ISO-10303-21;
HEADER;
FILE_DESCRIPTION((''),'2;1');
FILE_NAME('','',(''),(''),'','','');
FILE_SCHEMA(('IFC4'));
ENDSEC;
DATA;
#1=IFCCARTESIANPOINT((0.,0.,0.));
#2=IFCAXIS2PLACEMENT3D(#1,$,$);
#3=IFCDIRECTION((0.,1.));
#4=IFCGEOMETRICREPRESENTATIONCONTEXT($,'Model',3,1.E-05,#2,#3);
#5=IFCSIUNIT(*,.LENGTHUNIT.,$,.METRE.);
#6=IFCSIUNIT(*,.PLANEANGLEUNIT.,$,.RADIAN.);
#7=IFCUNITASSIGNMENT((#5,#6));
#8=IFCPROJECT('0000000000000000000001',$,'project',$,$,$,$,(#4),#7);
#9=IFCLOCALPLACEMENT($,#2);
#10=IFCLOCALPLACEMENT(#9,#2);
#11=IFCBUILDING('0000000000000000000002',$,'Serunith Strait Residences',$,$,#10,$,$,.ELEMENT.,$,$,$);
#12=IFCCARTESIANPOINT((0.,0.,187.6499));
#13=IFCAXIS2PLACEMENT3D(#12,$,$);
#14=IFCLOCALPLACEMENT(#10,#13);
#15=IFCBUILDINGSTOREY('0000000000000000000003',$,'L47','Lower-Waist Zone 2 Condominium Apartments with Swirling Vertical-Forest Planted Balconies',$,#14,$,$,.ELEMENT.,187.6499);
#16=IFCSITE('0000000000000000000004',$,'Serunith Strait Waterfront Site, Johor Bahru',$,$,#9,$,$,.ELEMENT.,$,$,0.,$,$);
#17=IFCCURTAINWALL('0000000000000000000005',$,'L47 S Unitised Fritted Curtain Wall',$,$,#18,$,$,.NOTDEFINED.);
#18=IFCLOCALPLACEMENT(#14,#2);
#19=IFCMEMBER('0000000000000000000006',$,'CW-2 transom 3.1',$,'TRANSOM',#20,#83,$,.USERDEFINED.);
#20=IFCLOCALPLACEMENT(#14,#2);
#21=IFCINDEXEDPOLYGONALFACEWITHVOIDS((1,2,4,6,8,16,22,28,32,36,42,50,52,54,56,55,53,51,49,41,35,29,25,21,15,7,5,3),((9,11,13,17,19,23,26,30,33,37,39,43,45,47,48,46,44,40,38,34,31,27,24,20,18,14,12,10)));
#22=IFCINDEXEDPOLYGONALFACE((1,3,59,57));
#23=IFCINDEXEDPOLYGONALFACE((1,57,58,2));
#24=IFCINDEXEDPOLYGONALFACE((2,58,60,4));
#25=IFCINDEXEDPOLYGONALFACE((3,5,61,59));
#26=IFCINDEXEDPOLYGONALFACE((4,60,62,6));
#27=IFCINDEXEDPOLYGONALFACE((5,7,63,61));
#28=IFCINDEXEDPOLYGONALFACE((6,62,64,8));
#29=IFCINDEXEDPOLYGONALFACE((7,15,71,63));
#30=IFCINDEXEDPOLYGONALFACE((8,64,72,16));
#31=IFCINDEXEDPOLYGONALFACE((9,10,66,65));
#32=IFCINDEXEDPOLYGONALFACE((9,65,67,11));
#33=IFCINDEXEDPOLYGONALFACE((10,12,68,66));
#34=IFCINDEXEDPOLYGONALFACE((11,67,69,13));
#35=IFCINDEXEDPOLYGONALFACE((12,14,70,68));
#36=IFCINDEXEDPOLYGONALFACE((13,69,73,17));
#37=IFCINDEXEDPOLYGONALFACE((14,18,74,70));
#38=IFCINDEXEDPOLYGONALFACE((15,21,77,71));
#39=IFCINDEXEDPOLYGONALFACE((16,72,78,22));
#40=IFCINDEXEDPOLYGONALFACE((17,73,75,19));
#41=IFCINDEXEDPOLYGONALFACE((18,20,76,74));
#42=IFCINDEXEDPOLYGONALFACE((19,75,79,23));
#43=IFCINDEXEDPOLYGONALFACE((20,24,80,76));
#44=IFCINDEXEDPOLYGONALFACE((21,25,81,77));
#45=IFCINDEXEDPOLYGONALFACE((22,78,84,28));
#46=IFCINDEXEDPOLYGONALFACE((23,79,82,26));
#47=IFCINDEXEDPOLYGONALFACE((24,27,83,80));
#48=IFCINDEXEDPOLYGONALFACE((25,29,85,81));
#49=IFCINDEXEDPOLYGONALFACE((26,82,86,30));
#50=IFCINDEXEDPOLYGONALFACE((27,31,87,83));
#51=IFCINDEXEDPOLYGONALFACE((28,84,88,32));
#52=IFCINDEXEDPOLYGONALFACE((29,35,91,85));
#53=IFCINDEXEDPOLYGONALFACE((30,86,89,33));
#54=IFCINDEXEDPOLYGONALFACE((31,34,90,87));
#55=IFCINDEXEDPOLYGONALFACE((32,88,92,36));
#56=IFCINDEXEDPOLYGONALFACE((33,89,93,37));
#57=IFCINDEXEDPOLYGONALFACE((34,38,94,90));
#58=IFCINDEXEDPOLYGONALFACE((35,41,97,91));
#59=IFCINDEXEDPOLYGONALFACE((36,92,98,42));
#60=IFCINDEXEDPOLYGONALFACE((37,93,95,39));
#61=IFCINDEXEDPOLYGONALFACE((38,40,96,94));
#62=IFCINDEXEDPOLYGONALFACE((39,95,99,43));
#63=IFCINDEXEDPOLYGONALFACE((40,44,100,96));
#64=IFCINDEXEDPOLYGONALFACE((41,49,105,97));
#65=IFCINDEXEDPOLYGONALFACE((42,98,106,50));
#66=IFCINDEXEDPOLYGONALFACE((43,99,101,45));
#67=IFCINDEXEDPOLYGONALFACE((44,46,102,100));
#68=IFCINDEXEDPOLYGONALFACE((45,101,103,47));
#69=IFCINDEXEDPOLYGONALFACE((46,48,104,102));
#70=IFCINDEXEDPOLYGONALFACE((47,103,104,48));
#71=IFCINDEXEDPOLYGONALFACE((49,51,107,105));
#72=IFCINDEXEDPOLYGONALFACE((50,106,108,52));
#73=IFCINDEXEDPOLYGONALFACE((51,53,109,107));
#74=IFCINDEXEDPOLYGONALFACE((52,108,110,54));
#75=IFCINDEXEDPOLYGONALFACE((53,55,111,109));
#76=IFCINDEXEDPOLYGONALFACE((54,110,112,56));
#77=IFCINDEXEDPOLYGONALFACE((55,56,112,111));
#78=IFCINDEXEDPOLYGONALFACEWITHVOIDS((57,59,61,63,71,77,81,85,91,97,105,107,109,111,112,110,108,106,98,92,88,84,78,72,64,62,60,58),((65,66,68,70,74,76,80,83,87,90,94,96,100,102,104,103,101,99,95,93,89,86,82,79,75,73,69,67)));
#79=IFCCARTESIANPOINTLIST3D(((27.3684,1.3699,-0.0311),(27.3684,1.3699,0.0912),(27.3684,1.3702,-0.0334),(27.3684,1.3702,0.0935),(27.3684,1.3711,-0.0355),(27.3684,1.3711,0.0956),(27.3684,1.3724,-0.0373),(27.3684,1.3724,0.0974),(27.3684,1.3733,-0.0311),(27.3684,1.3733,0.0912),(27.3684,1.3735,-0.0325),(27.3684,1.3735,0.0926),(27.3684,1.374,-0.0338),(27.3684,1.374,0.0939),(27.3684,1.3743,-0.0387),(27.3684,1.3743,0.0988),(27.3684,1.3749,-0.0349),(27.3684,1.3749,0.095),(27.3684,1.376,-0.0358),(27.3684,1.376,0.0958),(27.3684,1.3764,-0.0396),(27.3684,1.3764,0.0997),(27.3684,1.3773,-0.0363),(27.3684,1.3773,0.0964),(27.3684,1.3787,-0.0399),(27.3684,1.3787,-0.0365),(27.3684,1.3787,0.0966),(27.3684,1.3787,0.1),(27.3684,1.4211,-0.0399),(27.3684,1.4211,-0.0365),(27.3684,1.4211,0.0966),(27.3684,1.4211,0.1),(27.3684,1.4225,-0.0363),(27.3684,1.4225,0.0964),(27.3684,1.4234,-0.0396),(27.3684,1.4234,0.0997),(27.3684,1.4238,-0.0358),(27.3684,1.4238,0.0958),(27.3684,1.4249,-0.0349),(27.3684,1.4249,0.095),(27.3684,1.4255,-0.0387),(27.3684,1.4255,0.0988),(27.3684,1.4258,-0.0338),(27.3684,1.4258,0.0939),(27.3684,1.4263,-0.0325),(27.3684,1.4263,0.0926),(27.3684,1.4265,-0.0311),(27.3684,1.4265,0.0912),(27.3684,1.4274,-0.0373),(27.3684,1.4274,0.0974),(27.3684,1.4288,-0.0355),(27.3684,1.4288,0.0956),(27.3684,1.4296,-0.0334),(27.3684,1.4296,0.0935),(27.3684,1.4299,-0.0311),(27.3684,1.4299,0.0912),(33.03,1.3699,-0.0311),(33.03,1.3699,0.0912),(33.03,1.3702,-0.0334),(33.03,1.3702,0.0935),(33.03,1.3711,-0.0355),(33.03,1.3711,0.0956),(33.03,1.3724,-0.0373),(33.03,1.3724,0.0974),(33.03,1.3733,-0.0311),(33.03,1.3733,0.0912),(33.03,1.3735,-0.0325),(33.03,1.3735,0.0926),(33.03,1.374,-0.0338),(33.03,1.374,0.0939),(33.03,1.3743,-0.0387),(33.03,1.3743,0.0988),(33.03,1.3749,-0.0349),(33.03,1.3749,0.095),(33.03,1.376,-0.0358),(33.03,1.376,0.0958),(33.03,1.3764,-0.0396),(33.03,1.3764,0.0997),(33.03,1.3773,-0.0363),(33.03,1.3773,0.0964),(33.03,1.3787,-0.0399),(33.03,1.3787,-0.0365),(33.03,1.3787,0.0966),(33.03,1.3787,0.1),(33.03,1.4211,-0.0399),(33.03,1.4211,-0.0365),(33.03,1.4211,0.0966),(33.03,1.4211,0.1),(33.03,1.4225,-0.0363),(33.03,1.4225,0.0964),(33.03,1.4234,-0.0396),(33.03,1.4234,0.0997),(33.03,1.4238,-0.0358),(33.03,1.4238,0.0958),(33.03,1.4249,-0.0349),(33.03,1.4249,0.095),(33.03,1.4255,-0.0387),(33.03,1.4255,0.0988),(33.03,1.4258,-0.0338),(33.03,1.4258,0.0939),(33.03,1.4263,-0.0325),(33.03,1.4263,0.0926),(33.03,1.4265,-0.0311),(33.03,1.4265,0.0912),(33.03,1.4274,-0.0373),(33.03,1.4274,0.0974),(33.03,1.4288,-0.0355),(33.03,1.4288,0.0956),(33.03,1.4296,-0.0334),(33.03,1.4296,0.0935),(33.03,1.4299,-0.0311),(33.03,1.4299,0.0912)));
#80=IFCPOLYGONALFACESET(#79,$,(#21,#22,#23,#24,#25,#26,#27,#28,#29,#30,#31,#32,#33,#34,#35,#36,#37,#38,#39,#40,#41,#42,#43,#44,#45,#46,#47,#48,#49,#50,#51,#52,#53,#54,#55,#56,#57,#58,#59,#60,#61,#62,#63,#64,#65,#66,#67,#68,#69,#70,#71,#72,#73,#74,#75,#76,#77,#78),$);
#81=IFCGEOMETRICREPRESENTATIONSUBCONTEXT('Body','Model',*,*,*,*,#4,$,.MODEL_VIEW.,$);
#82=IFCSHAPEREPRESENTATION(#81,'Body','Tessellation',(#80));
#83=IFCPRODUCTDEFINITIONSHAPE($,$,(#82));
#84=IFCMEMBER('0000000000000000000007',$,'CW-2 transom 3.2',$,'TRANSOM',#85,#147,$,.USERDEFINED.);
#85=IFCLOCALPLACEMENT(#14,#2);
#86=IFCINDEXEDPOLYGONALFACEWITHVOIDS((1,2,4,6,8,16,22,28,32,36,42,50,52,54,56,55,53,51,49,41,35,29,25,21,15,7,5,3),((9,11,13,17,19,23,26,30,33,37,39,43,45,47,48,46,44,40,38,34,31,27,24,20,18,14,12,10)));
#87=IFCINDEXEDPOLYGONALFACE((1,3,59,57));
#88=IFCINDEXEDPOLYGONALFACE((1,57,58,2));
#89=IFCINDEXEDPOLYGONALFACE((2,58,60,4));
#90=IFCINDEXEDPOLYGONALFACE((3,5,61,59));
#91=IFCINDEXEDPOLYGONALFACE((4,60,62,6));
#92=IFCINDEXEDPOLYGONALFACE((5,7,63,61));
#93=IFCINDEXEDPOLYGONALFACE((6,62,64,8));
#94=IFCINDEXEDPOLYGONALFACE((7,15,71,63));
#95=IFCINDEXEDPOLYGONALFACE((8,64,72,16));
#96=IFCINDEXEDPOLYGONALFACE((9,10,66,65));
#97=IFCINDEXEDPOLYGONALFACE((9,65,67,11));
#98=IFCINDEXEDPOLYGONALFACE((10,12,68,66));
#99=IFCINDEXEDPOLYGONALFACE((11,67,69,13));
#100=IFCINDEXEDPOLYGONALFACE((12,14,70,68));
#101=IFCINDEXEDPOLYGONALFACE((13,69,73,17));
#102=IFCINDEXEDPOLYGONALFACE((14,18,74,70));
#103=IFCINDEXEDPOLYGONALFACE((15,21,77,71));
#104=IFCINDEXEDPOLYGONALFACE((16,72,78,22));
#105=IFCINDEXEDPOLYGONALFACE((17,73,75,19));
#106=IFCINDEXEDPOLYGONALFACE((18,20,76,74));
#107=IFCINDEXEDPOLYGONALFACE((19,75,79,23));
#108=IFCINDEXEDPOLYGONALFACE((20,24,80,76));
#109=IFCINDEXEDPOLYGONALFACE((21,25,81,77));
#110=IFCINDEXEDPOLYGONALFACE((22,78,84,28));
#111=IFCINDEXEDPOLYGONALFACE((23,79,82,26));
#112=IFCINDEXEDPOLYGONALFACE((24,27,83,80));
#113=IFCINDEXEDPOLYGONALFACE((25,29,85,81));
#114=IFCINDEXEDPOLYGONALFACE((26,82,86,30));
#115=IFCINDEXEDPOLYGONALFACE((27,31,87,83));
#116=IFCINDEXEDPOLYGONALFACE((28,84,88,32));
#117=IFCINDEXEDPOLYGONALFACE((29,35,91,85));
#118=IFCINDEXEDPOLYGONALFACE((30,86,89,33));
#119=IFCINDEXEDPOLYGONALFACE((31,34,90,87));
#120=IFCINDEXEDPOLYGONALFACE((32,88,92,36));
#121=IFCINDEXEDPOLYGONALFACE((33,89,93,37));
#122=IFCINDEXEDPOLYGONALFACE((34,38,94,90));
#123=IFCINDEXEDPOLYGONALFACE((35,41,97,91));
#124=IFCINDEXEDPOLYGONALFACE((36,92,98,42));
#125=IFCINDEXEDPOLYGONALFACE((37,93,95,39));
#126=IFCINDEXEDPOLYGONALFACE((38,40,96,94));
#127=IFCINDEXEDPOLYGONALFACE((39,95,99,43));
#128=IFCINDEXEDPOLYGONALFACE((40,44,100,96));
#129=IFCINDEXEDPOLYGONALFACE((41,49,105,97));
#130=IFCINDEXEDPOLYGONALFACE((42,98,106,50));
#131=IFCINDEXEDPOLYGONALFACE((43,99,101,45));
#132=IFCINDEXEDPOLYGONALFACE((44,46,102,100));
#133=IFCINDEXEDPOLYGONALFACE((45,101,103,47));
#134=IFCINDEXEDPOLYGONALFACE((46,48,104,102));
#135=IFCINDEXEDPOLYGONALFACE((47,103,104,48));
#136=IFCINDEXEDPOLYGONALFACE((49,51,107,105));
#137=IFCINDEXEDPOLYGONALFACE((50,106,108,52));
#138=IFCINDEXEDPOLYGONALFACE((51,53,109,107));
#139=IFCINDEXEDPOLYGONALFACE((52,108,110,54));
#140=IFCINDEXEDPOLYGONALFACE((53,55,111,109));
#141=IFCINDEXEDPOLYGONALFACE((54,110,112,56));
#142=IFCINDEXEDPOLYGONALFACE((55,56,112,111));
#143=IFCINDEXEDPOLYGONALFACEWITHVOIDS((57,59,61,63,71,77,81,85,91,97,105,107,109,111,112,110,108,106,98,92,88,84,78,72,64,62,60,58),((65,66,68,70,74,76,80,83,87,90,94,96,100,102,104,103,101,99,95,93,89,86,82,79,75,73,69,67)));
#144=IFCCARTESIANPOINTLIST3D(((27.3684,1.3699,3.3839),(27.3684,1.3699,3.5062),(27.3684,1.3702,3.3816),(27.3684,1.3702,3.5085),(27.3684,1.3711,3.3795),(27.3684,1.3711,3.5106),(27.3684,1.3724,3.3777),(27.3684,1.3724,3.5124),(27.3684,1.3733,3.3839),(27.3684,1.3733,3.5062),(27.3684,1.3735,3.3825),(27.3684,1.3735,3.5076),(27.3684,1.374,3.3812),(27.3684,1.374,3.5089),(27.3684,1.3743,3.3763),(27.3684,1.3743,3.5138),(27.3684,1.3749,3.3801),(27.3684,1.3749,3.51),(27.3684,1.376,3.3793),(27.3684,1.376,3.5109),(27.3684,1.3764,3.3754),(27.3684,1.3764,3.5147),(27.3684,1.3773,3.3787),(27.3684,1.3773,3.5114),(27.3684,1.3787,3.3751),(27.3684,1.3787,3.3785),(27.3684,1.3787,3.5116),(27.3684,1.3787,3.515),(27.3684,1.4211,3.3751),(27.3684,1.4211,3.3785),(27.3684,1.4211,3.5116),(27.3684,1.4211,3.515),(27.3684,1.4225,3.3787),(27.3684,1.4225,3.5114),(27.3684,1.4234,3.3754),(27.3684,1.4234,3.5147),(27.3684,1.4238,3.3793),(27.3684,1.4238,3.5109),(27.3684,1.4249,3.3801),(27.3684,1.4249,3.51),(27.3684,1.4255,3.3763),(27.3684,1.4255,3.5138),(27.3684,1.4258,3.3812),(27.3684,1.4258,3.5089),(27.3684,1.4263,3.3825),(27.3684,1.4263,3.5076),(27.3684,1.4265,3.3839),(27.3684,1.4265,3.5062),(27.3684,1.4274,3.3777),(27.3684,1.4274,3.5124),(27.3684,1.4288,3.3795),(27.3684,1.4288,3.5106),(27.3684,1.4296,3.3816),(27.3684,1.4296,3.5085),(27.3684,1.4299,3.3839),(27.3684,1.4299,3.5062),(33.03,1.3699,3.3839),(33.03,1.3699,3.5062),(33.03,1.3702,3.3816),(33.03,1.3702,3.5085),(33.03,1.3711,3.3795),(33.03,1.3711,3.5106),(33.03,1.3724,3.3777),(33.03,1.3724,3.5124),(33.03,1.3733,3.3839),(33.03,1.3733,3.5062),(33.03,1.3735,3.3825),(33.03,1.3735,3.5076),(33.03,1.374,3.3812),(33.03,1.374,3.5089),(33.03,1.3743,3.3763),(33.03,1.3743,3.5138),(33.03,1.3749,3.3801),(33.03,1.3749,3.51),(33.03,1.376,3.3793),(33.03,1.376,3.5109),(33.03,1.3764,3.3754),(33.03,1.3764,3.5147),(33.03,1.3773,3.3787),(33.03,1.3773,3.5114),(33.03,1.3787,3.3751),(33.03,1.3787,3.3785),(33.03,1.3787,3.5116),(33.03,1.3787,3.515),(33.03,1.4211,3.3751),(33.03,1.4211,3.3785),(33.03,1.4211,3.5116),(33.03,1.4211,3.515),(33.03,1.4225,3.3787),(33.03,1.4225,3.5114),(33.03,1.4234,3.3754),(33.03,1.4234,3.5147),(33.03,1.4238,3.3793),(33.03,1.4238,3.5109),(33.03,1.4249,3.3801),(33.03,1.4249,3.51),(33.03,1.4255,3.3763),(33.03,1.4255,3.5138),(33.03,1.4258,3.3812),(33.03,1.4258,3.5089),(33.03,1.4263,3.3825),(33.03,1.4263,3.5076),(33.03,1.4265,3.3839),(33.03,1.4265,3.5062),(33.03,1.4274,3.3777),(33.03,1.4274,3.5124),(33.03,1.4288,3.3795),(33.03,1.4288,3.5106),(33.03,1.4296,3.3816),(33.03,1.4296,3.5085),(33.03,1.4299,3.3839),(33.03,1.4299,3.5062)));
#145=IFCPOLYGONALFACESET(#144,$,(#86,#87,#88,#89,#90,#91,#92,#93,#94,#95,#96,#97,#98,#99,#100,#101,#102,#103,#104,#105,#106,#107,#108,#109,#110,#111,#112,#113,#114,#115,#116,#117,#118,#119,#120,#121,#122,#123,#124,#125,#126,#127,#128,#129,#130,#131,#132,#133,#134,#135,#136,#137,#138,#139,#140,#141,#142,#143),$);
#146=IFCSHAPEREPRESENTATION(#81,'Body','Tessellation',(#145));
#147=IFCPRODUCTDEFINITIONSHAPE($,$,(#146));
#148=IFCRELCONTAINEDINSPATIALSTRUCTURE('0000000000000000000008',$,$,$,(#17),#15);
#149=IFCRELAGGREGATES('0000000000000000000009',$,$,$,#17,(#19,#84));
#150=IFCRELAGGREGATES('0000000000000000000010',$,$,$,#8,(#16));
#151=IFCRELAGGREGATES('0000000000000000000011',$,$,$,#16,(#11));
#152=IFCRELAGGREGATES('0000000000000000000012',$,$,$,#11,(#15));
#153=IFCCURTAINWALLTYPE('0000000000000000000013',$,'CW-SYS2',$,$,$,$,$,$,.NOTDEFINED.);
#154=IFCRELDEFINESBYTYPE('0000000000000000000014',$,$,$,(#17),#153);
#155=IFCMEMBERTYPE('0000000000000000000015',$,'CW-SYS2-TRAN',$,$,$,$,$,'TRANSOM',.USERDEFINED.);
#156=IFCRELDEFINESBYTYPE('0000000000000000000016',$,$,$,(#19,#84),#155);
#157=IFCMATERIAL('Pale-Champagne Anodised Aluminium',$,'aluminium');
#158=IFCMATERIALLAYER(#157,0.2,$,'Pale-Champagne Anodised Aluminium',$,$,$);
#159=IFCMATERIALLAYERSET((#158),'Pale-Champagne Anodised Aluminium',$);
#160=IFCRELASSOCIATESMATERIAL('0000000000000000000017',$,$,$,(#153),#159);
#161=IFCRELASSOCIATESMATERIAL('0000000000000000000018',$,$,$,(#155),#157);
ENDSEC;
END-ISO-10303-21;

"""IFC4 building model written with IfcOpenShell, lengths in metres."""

from ifc_helpers import new_model, si_unit, direction, frame, origin, origin_2d, place, context, subcontext, project, spatial, hollow_rectangle, extrude, source, transform, mapped, material, layer, layer_set, material_profile, profile_set, type_object, element, aggregate, save


model = new_model("IFC4")

# Units and contexts
model_context = context("Model", 3, precision=1e-05, world=origin(), true_north=direction((0.0, 1.0)))
body_context = subcontext(model_context, "Body", "Model", "MODEL_VIEW")
ifc_project = project(units=[si_unit("LENGTHUNIT", "METRE"), si_unit("PLANEANGLEUNIT", "RADIAN")], contexts=[model_context])

# Site, building, storey
site_placement = place(None, origin())
site = spatial("IfcSite", under=ifc_project, at=site_placement, Name="Serunith Strait Waterfront Site, Johor Bahru", CompositionType="ELEMENT", RefElevation=0.0)
building_placement = place(site_placement, origin())
building = spatial("IfcBuilding", under=site, at=building_placement, Name="Serunith Strait Residences", CompositionType="ELEMENT")
storey_placement = place(building_placement, frame((0.0, 0.0, 187.6499)))
storey = spatial("IfcBuildingStorey", under=building, at=storey_placement, Name="L47", Description="Lower-Waist Zone 2 Condominium Apartments with Swirling Vertical-Forest Planted Balconies", CompositionType="ELEMENT", Elevation=187.6499)

# Curtain wall, members
ifc_material_1 = material(Name="Pale-Champagne Anodised Aluminium", Category="aluminium")
ifc_layer_1 = layer(ifc_material_1, 0.2, Name="Pale-Champagne Anodised Aluminium")
ifc_layer_set_1 = layer_set([ifc_layer_1], Name="Pale-Champagne Anodised Aluminium")
curtain_wall_type = type_object("IfcCurtainWallType", Name="CW-SYS2", PredefinedType="NOTDEFINED", material=ifc_layer_set_1)
curtain_wall_placement = place(storey_placement, origin())
curtain_wall = element("IfcCurtainWall", 1, at=curtain_wall_placement, inside=storey, type_object=curtain_wall_type, Name="L47 S Unitised Fritted Curtain Wall", PredefinedType="NOTDEFINED")
ifc_material_profile_1 = material_profile(ifc_material_1, hollow_rectangle(XDim=0.0601, YDim=0.1399, WallThickness=0.0034, InnerFilletRadius=0.0054, OuterFilletRadius=0.0088, at=origin_2d()), Name="ALU 140x60x3.5")
ifc_profile_set_1 = profile_set([ifc_material_profile_1], Name="Pale-Champagne Anodised Aluminium")
member_type_1 = type_object("IfcMemberType", Name="CW-SYS2-TRAN", ElementType="TRANSOM", PredefinedType="USERDEFINED", material=ifc_profile_set_1)
shared_shape_1 = source(origin(), body_context, "Body", "SweptSolid", [
    extrude(hollow_rectangle(XDim=0.0601, YDim=0.1399, WallThickness=0.0034, InnerFilletRadius=0.0054, OuterFilletRadius=0.0088, at=origin_2d()), origin(), (0.0, 0.0, 1.0), 5.6616),
])
member_1_placement = place(storey_placement, frame((27.3684, 1.3999, 0.03), z_axis=(1.0, 0.0, 0.0), x_axis=(0.0, 1.0, 0.0)))
member_1 = element("IfcMember", 2, at=member_1_placement, type_object=member_type_1, Name="CW-2 transom 3.1", ObjectType="TRANSOM", PredefinedType="USERDEFINED", context=body_context, shape_type="MappedRepresentation", body=[
    mapped(shared_shape_1, transform((0.0, 0.0, 0.0), scale=1.0)),
])
member_2_placement = place(storey_placement, frame((27.3684, 1.3999, 3.4451), z_axis=(1.0, 0.0, 0.0), x_axis=(0.0, 1.0, 0.0)))
member_2 = element("IfcMember", 3, at=member_2_placement, type_object=member_type_1, Name="CW-2 transom 3.2", ObjectType="TRANSOM", PredefinedType="USERDEFINED", context=body_context, shape_type="MappedRepresentation", body=[
    mapped(shared_shape_1, transform((0.0, 0.0, 0.0), scale=1.0)),
])
aggregate(curtain_wall, [member_1, member_2])

save(model, "model.ifc")
